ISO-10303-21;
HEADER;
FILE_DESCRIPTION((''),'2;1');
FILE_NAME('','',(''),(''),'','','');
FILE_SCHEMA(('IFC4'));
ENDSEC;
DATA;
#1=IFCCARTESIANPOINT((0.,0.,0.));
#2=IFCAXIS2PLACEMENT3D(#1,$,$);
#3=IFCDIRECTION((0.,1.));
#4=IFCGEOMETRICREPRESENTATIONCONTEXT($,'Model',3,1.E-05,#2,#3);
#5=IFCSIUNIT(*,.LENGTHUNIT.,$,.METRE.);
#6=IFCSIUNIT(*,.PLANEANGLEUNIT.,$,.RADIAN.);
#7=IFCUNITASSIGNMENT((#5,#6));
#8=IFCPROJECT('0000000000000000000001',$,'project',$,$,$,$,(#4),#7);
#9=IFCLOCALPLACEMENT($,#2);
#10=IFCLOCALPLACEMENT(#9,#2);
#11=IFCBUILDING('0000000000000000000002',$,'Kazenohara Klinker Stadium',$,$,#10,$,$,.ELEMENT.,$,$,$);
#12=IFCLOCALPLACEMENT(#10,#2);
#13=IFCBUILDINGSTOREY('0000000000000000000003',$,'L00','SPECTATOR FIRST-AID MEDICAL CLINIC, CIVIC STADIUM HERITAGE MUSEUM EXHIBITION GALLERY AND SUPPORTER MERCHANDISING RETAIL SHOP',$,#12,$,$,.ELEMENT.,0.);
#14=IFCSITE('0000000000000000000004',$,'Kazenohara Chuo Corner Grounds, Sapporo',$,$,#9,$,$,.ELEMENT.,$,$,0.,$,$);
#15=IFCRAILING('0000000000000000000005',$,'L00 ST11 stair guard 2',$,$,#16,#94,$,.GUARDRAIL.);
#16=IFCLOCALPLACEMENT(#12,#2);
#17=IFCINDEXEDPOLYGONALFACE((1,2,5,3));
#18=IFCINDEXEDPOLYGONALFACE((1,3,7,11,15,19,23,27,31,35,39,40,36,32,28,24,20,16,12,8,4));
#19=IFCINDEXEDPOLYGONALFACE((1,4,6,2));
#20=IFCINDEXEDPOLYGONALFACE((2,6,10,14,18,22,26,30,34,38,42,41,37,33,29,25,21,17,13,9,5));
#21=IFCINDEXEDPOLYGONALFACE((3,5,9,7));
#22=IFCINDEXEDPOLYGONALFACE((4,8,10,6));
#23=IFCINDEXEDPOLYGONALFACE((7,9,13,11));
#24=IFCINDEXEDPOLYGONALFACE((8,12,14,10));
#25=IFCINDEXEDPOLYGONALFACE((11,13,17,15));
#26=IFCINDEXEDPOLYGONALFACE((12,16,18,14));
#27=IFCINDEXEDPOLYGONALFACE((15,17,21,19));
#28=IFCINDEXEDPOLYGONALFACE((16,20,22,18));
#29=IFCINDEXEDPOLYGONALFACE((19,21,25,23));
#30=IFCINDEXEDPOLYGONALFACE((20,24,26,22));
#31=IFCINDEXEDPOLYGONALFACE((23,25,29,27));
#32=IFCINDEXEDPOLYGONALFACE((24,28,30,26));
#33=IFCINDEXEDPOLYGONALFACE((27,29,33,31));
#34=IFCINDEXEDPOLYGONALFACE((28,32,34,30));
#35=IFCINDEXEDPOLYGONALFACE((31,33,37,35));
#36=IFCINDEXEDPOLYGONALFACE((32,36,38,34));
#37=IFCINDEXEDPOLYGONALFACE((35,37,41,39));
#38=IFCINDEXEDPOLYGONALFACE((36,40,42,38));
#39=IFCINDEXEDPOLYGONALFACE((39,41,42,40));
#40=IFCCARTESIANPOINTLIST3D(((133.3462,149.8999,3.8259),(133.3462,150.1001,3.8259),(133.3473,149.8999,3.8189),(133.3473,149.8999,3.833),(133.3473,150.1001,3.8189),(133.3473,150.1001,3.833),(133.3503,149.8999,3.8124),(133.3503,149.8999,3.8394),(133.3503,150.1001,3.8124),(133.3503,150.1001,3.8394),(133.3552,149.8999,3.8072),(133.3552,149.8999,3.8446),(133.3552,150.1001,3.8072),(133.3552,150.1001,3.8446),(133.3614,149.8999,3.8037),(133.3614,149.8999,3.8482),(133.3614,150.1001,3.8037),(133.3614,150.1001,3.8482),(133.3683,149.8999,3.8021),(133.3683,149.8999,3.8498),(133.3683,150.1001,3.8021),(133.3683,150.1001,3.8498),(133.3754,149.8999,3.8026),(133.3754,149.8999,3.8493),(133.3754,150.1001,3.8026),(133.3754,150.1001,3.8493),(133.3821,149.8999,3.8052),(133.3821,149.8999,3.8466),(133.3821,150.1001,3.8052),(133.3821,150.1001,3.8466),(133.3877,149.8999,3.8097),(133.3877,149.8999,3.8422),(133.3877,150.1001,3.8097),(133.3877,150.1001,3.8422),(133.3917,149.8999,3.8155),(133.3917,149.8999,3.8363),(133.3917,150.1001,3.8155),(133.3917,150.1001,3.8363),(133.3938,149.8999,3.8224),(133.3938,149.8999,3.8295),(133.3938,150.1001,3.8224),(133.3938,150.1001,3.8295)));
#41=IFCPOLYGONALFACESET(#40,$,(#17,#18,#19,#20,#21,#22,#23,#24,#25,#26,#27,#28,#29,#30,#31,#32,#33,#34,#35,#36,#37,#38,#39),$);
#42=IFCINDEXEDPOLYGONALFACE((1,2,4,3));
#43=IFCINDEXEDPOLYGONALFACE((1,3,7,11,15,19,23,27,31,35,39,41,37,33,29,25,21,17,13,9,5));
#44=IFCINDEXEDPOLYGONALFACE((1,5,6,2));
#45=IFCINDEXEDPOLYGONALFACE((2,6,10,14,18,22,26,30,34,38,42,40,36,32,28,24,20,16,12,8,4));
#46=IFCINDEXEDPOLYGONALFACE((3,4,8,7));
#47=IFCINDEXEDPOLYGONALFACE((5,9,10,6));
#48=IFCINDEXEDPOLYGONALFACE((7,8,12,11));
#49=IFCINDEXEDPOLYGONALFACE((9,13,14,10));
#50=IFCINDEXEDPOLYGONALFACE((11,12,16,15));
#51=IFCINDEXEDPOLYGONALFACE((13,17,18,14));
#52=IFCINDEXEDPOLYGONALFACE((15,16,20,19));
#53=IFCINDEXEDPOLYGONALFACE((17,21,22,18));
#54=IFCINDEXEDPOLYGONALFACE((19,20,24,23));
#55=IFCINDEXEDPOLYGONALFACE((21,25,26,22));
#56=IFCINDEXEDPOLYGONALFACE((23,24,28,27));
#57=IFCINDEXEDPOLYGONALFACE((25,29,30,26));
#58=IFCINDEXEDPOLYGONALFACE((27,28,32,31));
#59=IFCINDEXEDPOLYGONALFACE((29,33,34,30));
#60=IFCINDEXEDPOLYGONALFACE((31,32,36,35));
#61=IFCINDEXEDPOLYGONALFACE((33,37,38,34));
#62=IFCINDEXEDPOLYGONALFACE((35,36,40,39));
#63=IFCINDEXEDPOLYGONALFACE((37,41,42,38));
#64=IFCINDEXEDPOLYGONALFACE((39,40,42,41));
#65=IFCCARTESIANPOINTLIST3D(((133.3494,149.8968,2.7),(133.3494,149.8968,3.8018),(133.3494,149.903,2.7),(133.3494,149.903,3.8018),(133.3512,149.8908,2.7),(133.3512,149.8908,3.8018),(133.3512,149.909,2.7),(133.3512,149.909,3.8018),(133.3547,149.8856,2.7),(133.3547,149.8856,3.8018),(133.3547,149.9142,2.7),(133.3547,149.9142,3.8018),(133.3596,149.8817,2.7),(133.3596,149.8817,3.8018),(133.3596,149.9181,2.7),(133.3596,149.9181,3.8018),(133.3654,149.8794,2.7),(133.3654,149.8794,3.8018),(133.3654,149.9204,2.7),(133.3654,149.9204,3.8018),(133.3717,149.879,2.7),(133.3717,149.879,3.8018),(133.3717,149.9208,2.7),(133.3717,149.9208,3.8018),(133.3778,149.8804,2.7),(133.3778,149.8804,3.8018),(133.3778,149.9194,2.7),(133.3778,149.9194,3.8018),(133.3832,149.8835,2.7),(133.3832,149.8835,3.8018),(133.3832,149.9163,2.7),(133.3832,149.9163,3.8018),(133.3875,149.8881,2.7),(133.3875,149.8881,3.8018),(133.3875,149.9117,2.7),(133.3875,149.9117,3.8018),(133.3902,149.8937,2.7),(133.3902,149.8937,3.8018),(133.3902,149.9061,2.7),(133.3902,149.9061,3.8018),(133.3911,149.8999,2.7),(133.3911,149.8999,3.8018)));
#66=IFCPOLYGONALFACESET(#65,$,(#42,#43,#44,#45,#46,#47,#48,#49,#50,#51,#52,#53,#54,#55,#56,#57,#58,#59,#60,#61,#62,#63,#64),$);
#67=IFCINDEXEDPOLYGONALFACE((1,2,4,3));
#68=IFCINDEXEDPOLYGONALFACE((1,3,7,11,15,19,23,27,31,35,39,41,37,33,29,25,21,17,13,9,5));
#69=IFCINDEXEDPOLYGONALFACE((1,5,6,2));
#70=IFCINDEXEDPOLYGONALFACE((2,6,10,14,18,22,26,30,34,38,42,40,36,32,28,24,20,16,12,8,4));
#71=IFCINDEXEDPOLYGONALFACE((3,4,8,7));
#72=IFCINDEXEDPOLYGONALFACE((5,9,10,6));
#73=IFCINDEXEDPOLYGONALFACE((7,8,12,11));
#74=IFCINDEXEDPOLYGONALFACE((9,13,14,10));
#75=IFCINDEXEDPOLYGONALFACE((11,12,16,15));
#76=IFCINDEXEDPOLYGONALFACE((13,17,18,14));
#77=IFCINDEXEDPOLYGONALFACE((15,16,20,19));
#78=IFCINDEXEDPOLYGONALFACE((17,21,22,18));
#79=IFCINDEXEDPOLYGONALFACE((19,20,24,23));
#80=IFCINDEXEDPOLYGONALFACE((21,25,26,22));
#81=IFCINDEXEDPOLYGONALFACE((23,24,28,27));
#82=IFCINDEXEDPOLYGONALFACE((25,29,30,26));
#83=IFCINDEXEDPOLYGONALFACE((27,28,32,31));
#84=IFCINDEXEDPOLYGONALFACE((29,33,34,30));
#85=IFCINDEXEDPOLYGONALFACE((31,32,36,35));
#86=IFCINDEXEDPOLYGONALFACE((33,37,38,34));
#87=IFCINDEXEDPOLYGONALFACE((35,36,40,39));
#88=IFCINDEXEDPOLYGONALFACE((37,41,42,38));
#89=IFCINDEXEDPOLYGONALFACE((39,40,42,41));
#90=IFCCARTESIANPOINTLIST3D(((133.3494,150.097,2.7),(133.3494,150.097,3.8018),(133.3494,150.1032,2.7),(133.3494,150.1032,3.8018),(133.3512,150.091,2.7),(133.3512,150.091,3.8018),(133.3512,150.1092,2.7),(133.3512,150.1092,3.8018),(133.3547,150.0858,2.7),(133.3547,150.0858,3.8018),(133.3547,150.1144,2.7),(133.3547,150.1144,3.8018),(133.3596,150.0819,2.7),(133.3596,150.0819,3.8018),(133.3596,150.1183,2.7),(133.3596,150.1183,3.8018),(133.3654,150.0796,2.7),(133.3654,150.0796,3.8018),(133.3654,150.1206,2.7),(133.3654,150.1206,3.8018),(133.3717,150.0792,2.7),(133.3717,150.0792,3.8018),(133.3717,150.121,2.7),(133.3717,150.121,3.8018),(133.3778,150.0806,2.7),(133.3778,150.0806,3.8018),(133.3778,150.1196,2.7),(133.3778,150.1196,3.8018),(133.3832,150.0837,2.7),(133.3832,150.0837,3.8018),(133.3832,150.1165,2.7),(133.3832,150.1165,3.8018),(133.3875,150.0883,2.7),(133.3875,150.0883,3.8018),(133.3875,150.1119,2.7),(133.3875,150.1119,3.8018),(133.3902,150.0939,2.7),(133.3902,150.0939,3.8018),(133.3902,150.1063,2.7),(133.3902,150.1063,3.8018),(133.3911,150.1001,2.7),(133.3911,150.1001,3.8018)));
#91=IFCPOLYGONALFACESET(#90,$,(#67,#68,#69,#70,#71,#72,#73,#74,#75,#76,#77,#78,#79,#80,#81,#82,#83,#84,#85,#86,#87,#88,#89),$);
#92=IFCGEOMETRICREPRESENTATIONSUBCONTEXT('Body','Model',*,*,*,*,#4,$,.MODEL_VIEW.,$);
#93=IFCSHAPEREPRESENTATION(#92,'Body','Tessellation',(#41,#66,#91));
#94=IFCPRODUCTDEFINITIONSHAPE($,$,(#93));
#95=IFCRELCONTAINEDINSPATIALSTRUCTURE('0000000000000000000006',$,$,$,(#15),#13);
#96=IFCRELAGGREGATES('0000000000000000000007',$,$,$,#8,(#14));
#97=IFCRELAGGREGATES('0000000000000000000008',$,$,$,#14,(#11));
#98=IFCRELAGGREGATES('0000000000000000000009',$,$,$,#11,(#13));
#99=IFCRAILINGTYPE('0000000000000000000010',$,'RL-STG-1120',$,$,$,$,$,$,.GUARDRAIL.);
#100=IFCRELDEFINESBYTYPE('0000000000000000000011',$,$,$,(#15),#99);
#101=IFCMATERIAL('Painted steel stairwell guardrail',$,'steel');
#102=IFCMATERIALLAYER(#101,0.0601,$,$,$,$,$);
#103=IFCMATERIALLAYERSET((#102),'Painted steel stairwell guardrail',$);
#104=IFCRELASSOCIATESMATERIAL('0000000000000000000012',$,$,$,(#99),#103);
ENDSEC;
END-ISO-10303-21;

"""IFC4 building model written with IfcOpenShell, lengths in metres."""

from ifc_helpers import new_model, si_unit, direction, frame, origin, origin_2d, place, context, subcontext, project, spatial, circle, extrude, material, layer, layer_set, type_object, element, save


model = new_model("IFC4")

# Units and contexts
model_context = context("Model", 3, precision=1e-05, world=origin(), true_north=direction((0.0, 1.0)))
body_context = subcontext(model_context, "Body", "Model", "MODEL_VIEW")
ifc_project = project(units=[si_unit("LENGTHUNIT", "METRE"), si_unit("PLANEANGLEUNIT", "RADIAN")], contexts=[model_context])

# Site, building, storey
site_placement = place(None, origin())
site = spatial("IfcSite", under=ifc_project, at=site_placement, Name="Kazenohara Chuo Corner Grounds, Sapporo", CompositionType="ELEMENT", RefElevation=0.0)
building_placement = place(site_placement, origin())
building = spatial("IfcBuilding", under=site, at=building_placement, Name="Kazenohara Klinker Stadium", CompositionType="ELEMENT")
storey_placement = place(building_placement, origin())
storey = spatial("IfcBuildingStorey", under=building, at=storey_placement, Name="L00", Description="SPECTATOR FIRST-AID MEDICAL CLINIC, CIVIC STADIUM HERITAGE MUSEUM EXHIBITION GALLERY AND SUPPORTER MERCHANDISING RETAIL SHOP", CompositionType="ELEMENT", Elevation=0.0)

# Railing
ifc_material_1 = material(Name="Painted steel stairwell guardrail", Category="steel")
ifc_layer_1 = layer(ifc_material_1, 0.0601)
ifc_layer_set_1 = layer_set([ifc_layer_1], Name="Painted steel stairwell guardrail")
railing_type_1 = type_object("IfcRailingType", Name="RL-STG-1120", PredefinedType="GUARDRAIL", material=ifc_layer_set_1)
railing_1_placement = place(storey_placement, frame((133.3701, 149.8999, 2.7)))
element("IfcRailing", 1, at=railing_1_placement, inside=storey, type_object=railing_type_1, Name="L00 ST11 stair guard 2", PredefinedType="GUARDRAIL", context=body_context, shape_type="SweptSolid", body=[
    extrude(circle(Radius=0.0239, at=origin_2d()), frame((0.0, 0.0, 1.126), z_axis=(0.0, 1.0, 0.0), x_axis=(-1.0, 0.0, 0.0)), (0.0, 0.0, 1.0), 0.2002),
    extrude(circle(Radius=0.021, at=origin_2d()), origin(), (0.0, 0.0, 1.0), 1.1018),
    extrude(circle(Radius=0.021, at=origin_2d()), frame((0.0, 0.2002, 0.0)), (0.0, 0.0, 1.0), 1.1018),
])

save(model, "model.ifc")
